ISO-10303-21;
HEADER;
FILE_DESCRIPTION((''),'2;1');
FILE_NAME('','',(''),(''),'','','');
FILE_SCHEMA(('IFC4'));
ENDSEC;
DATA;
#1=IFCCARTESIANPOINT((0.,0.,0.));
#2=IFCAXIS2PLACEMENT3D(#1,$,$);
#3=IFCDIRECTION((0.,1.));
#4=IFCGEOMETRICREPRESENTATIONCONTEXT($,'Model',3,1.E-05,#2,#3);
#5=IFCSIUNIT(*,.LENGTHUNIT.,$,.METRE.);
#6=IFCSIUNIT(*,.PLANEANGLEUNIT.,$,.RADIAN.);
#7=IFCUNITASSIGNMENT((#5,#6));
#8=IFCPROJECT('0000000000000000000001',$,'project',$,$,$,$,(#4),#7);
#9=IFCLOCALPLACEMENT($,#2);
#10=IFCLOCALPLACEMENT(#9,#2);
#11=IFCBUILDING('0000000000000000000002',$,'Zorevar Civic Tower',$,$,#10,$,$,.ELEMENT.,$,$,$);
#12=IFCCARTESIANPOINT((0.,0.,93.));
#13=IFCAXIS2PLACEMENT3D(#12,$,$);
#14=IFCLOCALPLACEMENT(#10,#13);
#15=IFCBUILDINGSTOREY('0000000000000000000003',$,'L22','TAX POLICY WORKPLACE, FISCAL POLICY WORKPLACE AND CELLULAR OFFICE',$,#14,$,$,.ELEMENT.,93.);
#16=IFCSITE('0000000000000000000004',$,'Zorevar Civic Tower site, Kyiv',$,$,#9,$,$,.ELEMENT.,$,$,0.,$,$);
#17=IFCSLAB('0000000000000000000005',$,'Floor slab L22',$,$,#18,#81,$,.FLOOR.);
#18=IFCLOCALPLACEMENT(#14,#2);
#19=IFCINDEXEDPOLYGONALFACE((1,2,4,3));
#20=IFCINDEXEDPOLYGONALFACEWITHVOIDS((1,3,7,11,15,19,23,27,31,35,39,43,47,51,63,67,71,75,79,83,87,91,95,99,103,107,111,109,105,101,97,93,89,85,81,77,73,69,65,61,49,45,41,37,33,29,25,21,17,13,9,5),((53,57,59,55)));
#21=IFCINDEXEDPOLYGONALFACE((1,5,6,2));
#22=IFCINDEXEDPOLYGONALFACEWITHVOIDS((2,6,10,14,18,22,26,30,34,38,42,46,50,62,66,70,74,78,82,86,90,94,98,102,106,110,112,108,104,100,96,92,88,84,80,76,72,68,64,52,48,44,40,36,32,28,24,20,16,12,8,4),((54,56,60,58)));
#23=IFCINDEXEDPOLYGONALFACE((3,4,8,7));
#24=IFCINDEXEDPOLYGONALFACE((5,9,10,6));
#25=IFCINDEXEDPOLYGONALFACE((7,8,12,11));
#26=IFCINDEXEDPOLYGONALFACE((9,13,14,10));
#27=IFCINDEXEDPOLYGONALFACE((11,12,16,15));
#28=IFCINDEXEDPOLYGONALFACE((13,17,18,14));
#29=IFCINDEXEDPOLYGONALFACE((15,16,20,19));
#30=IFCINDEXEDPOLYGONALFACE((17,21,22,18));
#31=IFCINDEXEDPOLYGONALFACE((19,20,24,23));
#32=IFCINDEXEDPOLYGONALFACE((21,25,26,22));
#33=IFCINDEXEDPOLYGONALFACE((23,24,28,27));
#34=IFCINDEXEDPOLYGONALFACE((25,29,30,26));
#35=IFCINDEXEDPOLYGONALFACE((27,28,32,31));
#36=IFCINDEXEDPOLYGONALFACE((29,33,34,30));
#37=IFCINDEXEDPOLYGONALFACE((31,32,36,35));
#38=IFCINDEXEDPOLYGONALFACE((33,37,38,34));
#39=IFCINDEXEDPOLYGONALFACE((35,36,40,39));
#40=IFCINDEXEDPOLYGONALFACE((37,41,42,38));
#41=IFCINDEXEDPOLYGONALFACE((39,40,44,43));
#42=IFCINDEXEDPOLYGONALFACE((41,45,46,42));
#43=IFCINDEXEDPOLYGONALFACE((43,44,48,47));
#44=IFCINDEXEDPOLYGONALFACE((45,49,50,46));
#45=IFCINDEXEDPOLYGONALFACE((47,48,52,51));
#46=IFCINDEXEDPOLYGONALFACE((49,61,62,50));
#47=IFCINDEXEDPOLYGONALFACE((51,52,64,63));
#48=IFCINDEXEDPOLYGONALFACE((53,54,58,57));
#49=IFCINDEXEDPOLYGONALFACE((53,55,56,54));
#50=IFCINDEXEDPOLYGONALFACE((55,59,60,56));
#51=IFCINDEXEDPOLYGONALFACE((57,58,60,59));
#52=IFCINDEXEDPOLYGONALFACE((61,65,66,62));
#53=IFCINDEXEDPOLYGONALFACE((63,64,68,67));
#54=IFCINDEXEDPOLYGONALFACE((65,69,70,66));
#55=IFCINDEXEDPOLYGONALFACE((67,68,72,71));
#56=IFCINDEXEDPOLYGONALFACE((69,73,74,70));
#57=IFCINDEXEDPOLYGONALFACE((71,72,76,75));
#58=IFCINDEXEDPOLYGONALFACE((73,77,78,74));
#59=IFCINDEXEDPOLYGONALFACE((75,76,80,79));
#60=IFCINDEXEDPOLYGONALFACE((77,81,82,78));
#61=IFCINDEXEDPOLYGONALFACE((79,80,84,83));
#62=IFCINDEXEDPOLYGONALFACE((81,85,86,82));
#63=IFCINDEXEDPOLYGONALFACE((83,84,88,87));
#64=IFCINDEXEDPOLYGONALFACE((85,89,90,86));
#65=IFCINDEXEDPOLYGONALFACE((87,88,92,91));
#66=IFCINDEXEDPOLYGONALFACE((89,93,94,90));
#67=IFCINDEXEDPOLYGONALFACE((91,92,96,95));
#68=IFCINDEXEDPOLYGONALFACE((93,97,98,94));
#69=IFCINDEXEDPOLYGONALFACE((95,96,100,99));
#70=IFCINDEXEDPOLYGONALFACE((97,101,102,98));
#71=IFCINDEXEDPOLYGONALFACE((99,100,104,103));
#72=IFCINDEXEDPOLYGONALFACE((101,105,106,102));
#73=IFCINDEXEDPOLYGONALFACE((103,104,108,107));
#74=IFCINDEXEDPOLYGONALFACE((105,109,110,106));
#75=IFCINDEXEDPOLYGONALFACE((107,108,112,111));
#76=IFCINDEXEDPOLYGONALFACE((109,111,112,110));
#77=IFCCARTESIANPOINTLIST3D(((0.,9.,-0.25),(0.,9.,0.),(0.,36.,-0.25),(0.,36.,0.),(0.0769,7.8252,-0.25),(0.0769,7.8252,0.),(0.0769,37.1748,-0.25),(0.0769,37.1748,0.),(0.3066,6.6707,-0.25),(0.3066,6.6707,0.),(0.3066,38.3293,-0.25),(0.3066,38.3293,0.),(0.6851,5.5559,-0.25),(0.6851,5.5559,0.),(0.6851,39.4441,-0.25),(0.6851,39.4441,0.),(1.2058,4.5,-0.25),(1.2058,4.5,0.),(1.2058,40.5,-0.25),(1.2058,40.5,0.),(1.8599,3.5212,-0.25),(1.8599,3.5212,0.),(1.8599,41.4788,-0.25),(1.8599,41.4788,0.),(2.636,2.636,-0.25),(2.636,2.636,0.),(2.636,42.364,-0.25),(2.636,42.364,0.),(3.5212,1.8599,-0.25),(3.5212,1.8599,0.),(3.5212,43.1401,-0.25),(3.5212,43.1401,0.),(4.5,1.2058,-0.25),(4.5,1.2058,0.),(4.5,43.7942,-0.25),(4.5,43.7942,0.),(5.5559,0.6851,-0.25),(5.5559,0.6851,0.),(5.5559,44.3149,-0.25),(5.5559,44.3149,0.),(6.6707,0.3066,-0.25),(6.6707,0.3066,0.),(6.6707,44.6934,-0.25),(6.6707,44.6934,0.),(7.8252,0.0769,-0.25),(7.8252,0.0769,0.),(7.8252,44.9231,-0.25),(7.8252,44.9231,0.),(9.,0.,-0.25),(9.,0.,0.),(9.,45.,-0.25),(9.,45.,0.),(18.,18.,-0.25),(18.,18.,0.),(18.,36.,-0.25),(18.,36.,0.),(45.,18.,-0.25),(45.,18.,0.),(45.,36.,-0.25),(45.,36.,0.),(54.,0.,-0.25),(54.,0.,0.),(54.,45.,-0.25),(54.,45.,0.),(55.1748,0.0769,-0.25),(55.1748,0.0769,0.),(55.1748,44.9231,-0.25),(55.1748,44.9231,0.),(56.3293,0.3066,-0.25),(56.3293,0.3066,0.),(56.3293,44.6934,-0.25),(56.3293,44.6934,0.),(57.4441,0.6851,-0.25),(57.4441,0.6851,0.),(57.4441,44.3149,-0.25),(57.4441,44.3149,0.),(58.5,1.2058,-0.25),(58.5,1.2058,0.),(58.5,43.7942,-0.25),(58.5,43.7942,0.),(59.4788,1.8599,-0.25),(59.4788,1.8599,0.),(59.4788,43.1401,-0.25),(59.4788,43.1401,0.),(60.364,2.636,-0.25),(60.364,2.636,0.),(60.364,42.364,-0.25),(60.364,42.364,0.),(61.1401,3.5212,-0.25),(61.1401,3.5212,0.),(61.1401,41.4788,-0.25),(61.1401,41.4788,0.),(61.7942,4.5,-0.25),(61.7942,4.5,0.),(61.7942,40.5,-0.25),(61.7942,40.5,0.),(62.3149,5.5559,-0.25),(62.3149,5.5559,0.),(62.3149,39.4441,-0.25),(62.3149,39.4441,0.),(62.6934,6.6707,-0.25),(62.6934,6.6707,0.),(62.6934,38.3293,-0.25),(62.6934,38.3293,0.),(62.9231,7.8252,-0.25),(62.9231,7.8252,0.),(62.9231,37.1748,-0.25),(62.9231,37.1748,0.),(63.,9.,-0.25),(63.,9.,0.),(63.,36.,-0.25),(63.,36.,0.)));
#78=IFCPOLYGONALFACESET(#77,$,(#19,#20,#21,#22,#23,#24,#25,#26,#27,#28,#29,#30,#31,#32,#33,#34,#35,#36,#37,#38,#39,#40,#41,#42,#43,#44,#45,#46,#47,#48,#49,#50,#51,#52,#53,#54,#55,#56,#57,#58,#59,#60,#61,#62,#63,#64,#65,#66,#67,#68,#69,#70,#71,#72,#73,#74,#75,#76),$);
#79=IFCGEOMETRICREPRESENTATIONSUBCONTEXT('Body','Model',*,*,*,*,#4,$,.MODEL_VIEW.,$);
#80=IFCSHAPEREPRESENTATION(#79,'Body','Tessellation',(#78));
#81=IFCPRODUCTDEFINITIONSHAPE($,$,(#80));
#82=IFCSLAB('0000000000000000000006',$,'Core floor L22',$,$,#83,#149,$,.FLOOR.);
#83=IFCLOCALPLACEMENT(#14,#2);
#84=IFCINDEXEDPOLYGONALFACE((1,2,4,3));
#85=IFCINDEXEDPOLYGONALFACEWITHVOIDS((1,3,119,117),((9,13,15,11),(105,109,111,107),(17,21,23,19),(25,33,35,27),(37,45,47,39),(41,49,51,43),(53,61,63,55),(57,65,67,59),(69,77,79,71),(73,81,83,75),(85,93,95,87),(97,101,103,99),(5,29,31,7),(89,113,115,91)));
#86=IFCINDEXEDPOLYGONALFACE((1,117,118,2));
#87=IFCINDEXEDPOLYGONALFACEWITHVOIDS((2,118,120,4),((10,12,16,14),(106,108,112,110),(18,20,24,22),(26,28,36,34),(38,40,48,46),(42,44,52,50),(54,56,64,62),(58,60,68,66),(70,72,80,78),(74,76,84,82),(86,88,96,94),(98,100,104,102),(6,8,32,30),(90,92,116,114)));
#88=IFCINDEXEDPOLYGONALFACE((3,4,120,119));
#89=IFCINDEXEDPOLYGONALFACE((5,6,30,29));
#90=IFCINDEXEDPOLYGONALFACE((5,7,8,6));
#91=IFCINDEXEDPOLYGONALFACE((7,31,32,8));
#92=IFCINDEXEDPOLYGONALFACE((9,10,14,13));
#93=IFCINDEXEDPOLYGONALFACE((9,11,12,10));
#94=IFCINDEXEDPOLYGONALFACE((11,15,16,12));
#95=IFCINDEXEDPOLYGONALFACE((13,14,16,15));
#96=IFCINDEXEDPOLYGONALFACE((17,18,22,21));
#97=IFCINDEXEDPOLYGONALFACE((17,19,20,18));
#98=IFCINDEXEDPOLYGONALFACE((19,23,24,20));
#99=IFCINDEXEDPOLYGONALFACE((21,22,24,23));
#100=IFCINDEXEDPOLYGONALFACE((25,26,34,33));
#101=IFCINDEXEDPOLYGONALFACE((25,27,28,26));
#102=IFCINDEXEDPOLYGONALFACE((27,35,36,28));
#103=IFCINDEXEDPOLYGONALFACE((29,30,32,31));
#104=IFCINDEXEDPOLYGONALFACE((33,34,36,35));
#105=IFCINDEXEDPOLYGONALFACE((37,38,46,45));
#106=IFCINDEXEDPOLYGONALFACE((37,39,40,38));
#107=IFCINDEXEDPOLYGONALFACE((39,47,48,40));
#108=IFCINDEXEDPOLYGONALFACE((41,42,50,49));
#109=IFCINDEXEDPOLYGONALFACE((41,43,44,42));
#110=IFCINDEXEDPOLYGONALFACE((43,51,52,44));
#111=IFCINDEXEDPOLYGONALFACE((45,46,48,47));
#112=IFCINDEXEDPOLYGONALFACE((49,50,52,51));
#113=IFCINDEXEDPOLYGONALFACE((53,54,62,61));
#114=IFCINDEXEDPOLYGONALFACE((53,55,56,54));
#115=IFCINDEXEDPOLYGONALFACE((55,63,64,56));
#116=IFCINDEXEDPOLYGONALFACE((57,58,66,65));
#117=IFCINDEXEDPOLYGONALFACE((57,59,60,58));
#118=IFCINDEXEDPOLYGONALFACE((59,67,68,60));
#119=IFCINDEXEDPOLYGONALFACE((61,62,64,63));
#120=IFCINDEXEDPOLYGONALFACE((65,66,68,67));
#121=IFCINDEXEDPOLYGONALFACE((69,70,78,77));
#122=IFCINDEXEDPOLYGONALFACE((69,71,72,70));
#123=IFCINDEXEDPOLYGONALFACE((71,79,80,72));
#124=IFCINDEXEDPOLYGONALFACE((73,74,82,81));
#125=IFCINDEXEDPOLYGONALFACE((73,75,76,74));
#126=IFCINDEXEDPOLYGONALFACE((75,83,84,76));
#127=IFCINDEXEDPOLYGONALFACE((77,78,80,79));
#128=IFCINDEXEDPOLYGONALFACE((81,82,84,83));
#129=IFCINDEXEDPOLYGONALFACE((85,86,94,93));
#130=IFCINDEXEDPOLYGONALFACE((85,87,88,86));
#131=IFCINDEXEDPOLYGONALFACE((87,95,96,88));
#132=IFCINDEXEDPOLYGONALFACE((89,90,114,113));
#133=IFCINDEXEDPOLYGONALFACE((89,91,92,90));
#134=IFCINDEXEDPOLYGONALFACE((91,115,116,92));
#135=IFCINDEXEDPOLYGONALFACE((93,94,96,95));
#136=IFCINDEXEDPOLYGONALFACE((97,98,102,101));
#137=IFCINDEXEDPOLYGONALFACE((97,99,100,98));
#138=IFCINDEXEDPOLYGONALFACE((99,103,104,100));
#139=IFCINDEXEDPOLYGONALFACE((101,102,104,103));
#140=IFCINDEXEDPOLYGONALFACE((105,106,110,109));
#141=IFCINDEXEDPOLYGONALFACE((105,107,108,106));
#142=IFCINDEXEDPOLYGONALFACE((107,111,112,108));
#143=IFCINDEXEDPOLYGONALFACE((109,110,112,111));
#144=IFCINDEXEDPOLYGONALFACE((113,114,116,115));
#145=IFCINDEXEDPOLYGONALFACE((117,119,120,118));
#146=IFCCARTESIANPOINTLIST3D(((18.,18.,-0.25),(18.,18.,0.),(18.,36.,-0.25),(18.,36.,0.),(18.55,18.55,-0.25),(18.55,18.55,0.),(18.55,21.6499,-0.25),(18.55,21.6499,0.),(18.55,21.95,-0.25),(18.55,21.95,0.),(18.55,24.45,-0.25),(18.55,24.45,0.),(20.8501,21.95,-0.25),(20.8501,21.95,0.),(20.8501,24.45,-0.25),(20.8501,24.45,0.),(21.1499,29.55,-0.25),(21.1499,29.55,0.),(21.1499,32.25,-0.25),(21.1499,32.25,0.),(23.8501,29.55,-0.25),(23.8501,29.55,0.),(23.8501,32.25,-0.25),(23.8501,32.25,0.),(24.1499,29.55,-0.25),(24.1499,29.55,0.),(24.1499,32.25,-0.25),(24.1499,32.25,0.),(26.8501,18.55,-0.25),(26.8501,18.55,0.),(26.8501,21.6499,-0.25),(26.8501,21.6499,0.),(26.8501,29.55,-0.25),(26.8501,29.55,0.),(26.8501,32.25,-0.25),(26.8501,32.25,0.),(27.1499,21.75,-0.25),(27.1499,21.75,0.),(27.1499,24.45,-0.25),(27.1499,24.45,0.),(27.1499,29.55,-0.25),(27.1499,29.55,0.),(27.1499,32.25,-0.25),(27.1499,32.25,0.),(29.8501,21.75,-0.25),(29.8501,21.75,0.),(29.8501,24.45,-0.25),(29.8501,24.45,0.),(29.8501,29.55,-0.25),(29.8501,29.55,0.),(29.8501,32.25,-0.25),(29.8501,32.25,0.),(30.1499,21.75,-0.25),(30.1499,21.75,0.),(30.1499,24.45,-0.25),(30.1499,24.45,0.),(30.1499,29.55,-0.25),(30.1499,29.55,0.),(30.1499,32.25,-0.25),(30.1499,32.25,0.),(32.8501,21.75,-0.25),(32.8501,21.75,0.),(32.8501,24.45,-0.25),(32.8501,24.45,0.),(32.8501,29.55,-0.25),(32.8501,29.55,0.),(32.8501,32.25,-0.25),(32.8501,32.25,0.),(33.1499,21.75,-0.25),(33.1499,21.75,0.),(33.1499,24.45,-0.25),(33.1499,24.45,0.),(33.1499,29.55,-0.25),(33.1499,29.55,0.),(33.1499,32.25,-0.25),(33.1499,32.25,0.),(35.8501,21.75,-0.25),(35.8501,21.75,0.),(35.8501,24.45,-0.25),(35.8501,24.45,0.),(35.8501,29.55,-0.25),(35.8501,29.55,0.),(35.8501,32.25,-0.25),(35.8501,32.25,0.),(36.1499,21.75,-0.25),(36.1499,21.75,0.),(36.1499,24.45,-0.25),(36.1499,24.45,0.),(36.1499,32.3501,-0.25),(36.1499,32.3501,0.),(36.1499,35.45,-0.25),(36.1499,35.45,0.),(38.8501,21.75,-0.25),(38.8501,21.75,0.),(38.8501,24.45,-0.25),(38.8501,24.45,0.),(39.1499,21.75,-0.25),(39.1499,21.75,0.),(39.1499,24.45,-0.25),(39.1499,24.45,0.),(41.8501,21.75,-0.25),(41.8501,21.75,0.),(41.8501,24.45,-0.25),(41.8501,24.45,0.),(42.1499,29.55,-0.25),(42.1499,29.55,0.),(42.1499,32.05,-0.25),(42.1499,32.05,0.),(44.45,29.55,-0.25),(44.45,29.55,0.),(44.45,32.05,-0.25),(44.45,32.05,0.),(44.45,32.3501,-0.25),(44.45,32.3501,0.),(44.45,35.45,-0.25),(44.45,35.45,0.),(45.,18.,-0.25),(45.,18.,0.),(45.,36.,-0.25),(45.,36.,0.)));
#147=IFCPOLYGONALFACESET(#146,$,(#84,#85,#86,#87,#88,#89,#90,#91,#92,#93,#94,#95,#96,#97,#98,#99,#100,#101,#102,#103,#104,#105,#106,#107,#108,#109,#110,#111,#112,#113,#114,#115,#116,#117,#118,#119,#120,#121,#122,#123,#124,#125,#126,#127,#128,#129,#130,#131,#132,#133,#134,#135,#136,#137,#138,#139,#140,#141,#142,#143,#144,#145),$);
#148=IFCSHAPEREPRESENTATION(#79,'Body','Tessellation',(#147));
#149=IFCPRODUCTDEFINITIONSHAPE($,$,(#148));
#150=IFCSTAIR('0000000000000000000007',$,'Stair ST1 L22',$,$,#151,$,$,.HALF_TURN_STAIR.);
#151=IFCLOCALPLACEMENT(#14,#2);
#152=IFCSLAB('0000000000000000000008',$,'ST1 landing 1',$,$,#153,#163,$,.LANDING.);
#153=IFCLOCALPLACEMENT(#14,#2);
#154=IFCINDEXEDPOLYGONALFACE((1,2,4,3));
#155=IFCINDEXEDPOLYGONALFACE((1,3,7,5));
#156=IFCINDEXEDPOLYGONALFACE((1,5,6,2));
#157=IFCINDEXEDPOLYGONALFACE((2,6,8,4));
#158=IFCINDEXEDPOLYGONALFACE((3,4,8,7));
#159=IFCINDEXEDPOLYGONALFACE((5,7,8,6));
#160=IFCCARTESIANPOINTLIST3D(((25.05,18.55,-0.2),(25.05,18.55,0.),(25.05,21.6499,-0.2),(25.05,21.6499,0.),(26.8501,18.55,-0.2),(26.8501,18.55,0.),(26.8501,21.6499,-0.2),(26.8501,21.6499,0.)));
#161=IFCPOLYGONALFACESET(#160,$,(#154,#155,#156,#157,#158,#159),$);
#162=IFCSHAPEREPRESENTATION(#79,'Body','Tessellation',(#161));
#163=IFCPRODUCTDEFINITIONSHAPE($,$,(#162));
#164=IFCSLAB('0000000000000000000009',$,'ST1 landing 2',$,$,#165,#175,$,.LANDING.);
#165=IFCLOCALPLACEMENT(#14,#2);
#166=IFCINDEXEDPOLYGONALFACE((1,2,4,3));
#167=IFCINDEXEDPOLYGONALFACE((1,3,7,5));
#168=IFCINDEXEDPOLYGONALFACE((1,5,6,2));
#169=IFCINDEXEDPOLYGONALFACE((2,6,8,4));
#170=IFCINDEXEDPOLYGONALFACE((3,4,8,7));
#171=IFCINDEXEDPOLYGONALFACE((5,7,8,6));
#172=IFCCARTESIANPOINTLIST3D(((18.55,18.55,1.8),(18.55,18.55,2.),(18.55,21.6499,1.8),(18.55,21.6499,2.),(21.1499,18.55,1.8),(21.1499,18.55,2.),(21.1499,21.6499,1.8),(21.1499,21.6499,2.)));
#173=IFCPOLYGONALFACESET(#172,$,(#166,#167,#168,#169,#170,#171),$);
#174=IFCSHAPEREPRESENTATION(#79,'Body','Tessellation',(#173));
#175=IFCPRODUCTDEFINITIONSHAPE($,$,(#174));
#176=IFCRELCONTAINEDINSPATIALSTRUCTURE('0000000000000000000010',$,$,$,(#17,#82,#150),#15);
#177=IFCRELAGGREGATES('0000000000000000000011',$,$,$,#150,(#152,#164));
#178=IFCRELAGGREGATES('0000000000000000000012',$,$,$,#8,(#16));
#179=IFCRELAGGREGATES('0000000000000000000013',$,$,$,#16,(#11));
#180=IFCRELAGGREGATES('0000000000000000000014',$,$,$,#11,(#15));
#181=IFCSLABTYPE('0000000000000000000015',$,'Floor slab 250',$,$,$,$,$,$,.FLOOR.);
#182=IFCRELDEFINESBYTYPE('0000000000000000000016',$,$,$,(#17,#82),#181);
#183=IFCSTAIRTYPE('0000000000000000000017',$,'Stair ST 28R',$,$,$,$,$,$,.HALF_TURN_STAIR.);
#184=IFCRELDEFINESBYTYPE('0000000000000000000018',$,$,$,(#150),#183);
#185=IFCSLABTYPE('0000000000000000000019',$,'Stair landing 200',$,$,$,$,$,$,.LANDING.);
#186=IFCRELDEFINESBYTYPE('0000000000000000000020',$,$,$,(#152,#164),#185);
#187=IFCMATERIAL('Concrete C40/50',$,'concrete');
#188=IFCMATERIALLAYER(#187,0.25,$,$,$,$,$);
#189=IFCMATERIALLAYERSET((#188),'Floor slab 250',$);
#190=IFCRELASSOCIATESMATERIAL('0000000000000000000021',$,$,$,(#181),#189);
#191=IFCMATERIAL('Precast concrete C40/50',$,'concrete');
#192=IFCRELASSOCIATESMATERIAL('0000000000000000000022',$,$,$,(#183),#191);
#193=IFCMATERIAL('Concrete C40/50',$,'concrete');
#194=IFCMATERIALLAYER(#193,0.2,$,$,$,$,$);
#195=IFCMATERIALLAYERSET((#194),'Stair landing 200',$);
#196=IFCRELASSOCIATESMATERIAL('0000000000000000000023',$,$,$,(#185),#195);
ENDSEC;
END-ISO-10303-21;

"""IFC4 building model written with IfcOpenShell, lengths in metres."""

from ifc_helpers import new_model, si_unit, direction, frame, origin, place, context, subcontext, project, spatial, polyline, outline, extrude, material, layer, layer_set, type_object, element, aggregate, save


model = new_model("IFC4")

# Units and contexts
model_context = context("Model", 3, precision=1e-05, world=origin(), true_north=direction((0.0, 1.0)))
body_context = subcontext(model_context, "Body", "Model", "MODEL_VIEW")
ifc_project = project(units=[si_unit("LENGTHUNIT", "METRE"), si_unit("PLANEANGLEUNIT", "RADIAN")], contexts=[model_context])

# Site, building, storey
site_placement = place(None, origin())
site = spatial("IfcSite", under=ifc_project, at=site_placement, Name="Zorevar Civic Tower site, Kyiv", CompositionType="ELEMENT", RefElevation=0.0)
building_placement = place(site_placement, origin())
building = spatial("IfcBuilding", under=site, at=building_placement, Name="Zorevar Civic Tower", CompositionType="ELEMENT")
storey_placement = place(building_placement, frame((0.0, 0.0, 93.0)))
storey = spatial("IfcBuildingStorey", under=building, at=storey_placement, Name="L22", Description="TAX POLICY WORKPLACE, FISCAL POLICY WORKPLACE AND CELLULAR OFFICE", CompositionType="ELEMENT", Elevation=93.0)

# Slabs
ifc_material_1 = material(Name="Concrete C40/50", Category="concrete")
ifc_layer_1 = layer(ifc_material_1, 0.25)
ifc_layer_set_1 = layer_set([ifc_layer_1], Name="Floor slab 250")
slab_type_1 = type_object("IfcSlabType", Name="Floor slab 250", PredefinedType="FLOOR", material=ifc_layer_set_1)
slab_1_placement = place(storey_placement, frame((0.0, 0.0, -0.25)))
element("IfcSlab", 1, at=slab_1_placement, inside=storey, type_object=slab_type_1, Name="Floor slab L22", PredefinedType="FLOOR", context=body_context, shape_type="SweptSolid", body=[
    extrude(outline(polyline([(54.0, 0.0), (55.1748, 0.0769), (56.3293, 0.3066), (57.4441, 0.6851), (58.5, 1.2058), (59.4788, 1.8599), (60.364, 2.636), (61.1401, 3.5212), (61.7942, 4.5), (62.3149, 5.5559), (62.6934, 6.6707), (62.9231, 7.8252), (63.0, 9.0), (63.0, 36.0), (62.9231, 37.1748), (62.6934, 38.3293), (62.3149, 39.4441), (61.7942, 40.5), (61.1401, 41.4788), (60.364, 42.364), (59.4788, 43.1401), (58.5, 43.7942), (57.4441, 44.3149), (56.3293, 44.6934), (55.1748, 44.9231), (54.0, 45.0), (9.0, 45.0), (7.8252, 44.9231), (6.6707, 44.6934), (5.5559, 44.3149), (4.5, 43.7942), (3.5212, 43.1401), (2.636, 42.364), (1.8599, 41.4788), (1.2058, 40.5), (0.6851, 39.4441), (0.3066, 38.3293), (0.0769, 37.1748), (0.0, 36.0), (0.0, 9.0), (0.0769, 7.8252), (0.3066, 6.6707), (0.6851, 5.5559), (1.2058, 4.5), (1.8599, 3.5212), (2.636, 2.636), (3.5212, 1.8599), (4.5, 1.2058), (5.5559, 0.6851), (6.6707, 0.3066), (7.8252, 0.0769), (9.0, 0.0), (54.0, 0.0)]), holes=[polyline([(18.0, 18.0), (45.0, 18.0), (45.0, 36.0), (18.0, 36.0), (18.0, 18.0)])]), origin(), (0.0, 0.0, 1.0), 0.25),
])
slab_2_placement = place(storey_placement, frame((0.0, 0.0, -0.25)))
element("IfcSlab", 2, at=slab_2_placement, inside=storey, type_object=slab_type_1, Name="Core floor L22", PredefinedType="FLOOR", context=body_context, shape_type="SweptSolid", body=[
    extrude(outline(polyline([(18.0, 18.0), (45.0, 18.0), (45.0, 36.0), (18.0, 36.0), (18.0, 18.0)]), holes=[polyline([(18.55, 18.55), (26.8501, 18.55), (26.8501, 21.6499), (18.55, 21.6499), (18.55, 18.55)]), polyline([(36.1499, 32.3501), (44.45, 32.3501), (44.45, 35.45), (36.1499, 35.45), (36.1499, 32.3501)]), polyline([(18.55, 21.95), (20.8501, 21.95), (20.8501, 24.45), (18.55, 24.45), (18.55, 21.95)]), polyline([(42.1499, 29.55), (44.45, 29.55), (44.45, 32.05), (42.1499, 32.05), (42.1499, 29.55)]), polyline([(27.1499, 21.75), (29.8501, 21.75), (29.8501, 24.45), (27.1499, 24.45), (27.1499, 21.75)]), polyline([(33.1499, 29.55), (35.8501, 29.55), (35.8501, 32.25), (33.1499, 32.25), (33.1499, 29.55)]), polyline([(30.1499, 21.75), (32.8501, 21.75), (32.8501, 24.45), (30.1499, 24.45), (30.1499, 21.75)]), polyline([(30.1499, 29.55), (32.8501, 29.55), (32.8501, 32.25), (30.1499, 32.25), (30.1499, 29.55)]), polyline([(33.1499, 21.75), (35.8501, 21.75), (35.8501, 24.45), (33.1499, 24.45), (33.1499, 21.75)]), polyline([(27.1499, 29.55), (29.8501, 29.55), (29.8501, 32.25), (27.1499, 32.25), (27.1499, 29.55)]), polyline([(36.1499, 21.75), (38.8501, 21.75), (38.8501, 24.45), (36.1499, 24.45), (36.1499, 21.75)]), polyline([(24.1499, 29.55), (26.8501, 29.55), (26.8501, 32.25), (24.1499, 32.25), (24.1499, 29.55)]), polyline([(39.1499, 21.75), (41.8501, 21.75), (41.8501, 24.45), (39.1499, 24.45), (39.1499, 21.75)]), polyline([(21.1499, 29.55), (23.8501, 29.55), (23.8501, 32.25), (21.1499, 32.25), (21.1499, 29.55)])]), origin(), (0.0, 0.0, 1.0), 0.25),
])

# Stair, slabs
ifc_material_2 = material(Name="Precast concrete C40/50", Category="concrete")
stair_type = type_object("IfcStairType", Name="Stair ST 28R", PredefinedType="HALF_TURN_STAIR", material=ifc_material_2)
stair_1_placement = place(storey_placement, origin())
stair_1 = element("IfcStair", 3, at=stair_1_placement, inside=storey, type_object=stair_type, Name="Stair ST1 L22", PredefinedType="HALF_TURN_STAIR")
ifc_material_3 = material(Name="Concrete C40/50", Category="concrete")
ifc_layer_2 = layer(ifc_material_3, 0.2)
ifc_layer_set_2 = layer_set([ifc_layer_2], Name="Stair landing 200")
slab_type_2 = type_object("IfcSlabType", Name="Stair landing 200", PredefinedType="LANDING", material=ifc_layer_set_2)
slab_3_placement = place(storey_placement, frame((0.0, 0.0, -0.2)))
slab_3 = element("IfcSlab", 4, at=slab_3_placement, type_object=slab_type_2, Name="ST1 landing 1", PredefinedType="LANDING", context=body_context, shape_type="SweptSolid", body=[
    extrude(outline(polyline([(25.05, 18.55), (26.8501, 18.55), (26.8501, 21.6499), (25.05, 21.6499), (25.05, 18.55)])), origin(), (0.0, 0.0, 1.0), 0.2),
])
slab_4_placement = place(storey_placement, frame((0.0, 0.0, 1.8)))
slab_4 = element("IfcSlab", 5, at=slab_4_placement, type_object=slab_type_2, Name="ST1 landing 2", PredefinedType="LANDING", context=body_context, shape_type="SweptSolid", body=[
    extrude(outline(polyline([(18.55, 18.55), (21.1499, 18.55), (21.1499, 21.6499), (18.55, 21.6499), (18.55, 18.55)])), origin(), (0.0, 0.0, 1.0), 0.2),
])
aggregate(stair_1, [slab_3, slab_4])

save(model, "model.ifc")
